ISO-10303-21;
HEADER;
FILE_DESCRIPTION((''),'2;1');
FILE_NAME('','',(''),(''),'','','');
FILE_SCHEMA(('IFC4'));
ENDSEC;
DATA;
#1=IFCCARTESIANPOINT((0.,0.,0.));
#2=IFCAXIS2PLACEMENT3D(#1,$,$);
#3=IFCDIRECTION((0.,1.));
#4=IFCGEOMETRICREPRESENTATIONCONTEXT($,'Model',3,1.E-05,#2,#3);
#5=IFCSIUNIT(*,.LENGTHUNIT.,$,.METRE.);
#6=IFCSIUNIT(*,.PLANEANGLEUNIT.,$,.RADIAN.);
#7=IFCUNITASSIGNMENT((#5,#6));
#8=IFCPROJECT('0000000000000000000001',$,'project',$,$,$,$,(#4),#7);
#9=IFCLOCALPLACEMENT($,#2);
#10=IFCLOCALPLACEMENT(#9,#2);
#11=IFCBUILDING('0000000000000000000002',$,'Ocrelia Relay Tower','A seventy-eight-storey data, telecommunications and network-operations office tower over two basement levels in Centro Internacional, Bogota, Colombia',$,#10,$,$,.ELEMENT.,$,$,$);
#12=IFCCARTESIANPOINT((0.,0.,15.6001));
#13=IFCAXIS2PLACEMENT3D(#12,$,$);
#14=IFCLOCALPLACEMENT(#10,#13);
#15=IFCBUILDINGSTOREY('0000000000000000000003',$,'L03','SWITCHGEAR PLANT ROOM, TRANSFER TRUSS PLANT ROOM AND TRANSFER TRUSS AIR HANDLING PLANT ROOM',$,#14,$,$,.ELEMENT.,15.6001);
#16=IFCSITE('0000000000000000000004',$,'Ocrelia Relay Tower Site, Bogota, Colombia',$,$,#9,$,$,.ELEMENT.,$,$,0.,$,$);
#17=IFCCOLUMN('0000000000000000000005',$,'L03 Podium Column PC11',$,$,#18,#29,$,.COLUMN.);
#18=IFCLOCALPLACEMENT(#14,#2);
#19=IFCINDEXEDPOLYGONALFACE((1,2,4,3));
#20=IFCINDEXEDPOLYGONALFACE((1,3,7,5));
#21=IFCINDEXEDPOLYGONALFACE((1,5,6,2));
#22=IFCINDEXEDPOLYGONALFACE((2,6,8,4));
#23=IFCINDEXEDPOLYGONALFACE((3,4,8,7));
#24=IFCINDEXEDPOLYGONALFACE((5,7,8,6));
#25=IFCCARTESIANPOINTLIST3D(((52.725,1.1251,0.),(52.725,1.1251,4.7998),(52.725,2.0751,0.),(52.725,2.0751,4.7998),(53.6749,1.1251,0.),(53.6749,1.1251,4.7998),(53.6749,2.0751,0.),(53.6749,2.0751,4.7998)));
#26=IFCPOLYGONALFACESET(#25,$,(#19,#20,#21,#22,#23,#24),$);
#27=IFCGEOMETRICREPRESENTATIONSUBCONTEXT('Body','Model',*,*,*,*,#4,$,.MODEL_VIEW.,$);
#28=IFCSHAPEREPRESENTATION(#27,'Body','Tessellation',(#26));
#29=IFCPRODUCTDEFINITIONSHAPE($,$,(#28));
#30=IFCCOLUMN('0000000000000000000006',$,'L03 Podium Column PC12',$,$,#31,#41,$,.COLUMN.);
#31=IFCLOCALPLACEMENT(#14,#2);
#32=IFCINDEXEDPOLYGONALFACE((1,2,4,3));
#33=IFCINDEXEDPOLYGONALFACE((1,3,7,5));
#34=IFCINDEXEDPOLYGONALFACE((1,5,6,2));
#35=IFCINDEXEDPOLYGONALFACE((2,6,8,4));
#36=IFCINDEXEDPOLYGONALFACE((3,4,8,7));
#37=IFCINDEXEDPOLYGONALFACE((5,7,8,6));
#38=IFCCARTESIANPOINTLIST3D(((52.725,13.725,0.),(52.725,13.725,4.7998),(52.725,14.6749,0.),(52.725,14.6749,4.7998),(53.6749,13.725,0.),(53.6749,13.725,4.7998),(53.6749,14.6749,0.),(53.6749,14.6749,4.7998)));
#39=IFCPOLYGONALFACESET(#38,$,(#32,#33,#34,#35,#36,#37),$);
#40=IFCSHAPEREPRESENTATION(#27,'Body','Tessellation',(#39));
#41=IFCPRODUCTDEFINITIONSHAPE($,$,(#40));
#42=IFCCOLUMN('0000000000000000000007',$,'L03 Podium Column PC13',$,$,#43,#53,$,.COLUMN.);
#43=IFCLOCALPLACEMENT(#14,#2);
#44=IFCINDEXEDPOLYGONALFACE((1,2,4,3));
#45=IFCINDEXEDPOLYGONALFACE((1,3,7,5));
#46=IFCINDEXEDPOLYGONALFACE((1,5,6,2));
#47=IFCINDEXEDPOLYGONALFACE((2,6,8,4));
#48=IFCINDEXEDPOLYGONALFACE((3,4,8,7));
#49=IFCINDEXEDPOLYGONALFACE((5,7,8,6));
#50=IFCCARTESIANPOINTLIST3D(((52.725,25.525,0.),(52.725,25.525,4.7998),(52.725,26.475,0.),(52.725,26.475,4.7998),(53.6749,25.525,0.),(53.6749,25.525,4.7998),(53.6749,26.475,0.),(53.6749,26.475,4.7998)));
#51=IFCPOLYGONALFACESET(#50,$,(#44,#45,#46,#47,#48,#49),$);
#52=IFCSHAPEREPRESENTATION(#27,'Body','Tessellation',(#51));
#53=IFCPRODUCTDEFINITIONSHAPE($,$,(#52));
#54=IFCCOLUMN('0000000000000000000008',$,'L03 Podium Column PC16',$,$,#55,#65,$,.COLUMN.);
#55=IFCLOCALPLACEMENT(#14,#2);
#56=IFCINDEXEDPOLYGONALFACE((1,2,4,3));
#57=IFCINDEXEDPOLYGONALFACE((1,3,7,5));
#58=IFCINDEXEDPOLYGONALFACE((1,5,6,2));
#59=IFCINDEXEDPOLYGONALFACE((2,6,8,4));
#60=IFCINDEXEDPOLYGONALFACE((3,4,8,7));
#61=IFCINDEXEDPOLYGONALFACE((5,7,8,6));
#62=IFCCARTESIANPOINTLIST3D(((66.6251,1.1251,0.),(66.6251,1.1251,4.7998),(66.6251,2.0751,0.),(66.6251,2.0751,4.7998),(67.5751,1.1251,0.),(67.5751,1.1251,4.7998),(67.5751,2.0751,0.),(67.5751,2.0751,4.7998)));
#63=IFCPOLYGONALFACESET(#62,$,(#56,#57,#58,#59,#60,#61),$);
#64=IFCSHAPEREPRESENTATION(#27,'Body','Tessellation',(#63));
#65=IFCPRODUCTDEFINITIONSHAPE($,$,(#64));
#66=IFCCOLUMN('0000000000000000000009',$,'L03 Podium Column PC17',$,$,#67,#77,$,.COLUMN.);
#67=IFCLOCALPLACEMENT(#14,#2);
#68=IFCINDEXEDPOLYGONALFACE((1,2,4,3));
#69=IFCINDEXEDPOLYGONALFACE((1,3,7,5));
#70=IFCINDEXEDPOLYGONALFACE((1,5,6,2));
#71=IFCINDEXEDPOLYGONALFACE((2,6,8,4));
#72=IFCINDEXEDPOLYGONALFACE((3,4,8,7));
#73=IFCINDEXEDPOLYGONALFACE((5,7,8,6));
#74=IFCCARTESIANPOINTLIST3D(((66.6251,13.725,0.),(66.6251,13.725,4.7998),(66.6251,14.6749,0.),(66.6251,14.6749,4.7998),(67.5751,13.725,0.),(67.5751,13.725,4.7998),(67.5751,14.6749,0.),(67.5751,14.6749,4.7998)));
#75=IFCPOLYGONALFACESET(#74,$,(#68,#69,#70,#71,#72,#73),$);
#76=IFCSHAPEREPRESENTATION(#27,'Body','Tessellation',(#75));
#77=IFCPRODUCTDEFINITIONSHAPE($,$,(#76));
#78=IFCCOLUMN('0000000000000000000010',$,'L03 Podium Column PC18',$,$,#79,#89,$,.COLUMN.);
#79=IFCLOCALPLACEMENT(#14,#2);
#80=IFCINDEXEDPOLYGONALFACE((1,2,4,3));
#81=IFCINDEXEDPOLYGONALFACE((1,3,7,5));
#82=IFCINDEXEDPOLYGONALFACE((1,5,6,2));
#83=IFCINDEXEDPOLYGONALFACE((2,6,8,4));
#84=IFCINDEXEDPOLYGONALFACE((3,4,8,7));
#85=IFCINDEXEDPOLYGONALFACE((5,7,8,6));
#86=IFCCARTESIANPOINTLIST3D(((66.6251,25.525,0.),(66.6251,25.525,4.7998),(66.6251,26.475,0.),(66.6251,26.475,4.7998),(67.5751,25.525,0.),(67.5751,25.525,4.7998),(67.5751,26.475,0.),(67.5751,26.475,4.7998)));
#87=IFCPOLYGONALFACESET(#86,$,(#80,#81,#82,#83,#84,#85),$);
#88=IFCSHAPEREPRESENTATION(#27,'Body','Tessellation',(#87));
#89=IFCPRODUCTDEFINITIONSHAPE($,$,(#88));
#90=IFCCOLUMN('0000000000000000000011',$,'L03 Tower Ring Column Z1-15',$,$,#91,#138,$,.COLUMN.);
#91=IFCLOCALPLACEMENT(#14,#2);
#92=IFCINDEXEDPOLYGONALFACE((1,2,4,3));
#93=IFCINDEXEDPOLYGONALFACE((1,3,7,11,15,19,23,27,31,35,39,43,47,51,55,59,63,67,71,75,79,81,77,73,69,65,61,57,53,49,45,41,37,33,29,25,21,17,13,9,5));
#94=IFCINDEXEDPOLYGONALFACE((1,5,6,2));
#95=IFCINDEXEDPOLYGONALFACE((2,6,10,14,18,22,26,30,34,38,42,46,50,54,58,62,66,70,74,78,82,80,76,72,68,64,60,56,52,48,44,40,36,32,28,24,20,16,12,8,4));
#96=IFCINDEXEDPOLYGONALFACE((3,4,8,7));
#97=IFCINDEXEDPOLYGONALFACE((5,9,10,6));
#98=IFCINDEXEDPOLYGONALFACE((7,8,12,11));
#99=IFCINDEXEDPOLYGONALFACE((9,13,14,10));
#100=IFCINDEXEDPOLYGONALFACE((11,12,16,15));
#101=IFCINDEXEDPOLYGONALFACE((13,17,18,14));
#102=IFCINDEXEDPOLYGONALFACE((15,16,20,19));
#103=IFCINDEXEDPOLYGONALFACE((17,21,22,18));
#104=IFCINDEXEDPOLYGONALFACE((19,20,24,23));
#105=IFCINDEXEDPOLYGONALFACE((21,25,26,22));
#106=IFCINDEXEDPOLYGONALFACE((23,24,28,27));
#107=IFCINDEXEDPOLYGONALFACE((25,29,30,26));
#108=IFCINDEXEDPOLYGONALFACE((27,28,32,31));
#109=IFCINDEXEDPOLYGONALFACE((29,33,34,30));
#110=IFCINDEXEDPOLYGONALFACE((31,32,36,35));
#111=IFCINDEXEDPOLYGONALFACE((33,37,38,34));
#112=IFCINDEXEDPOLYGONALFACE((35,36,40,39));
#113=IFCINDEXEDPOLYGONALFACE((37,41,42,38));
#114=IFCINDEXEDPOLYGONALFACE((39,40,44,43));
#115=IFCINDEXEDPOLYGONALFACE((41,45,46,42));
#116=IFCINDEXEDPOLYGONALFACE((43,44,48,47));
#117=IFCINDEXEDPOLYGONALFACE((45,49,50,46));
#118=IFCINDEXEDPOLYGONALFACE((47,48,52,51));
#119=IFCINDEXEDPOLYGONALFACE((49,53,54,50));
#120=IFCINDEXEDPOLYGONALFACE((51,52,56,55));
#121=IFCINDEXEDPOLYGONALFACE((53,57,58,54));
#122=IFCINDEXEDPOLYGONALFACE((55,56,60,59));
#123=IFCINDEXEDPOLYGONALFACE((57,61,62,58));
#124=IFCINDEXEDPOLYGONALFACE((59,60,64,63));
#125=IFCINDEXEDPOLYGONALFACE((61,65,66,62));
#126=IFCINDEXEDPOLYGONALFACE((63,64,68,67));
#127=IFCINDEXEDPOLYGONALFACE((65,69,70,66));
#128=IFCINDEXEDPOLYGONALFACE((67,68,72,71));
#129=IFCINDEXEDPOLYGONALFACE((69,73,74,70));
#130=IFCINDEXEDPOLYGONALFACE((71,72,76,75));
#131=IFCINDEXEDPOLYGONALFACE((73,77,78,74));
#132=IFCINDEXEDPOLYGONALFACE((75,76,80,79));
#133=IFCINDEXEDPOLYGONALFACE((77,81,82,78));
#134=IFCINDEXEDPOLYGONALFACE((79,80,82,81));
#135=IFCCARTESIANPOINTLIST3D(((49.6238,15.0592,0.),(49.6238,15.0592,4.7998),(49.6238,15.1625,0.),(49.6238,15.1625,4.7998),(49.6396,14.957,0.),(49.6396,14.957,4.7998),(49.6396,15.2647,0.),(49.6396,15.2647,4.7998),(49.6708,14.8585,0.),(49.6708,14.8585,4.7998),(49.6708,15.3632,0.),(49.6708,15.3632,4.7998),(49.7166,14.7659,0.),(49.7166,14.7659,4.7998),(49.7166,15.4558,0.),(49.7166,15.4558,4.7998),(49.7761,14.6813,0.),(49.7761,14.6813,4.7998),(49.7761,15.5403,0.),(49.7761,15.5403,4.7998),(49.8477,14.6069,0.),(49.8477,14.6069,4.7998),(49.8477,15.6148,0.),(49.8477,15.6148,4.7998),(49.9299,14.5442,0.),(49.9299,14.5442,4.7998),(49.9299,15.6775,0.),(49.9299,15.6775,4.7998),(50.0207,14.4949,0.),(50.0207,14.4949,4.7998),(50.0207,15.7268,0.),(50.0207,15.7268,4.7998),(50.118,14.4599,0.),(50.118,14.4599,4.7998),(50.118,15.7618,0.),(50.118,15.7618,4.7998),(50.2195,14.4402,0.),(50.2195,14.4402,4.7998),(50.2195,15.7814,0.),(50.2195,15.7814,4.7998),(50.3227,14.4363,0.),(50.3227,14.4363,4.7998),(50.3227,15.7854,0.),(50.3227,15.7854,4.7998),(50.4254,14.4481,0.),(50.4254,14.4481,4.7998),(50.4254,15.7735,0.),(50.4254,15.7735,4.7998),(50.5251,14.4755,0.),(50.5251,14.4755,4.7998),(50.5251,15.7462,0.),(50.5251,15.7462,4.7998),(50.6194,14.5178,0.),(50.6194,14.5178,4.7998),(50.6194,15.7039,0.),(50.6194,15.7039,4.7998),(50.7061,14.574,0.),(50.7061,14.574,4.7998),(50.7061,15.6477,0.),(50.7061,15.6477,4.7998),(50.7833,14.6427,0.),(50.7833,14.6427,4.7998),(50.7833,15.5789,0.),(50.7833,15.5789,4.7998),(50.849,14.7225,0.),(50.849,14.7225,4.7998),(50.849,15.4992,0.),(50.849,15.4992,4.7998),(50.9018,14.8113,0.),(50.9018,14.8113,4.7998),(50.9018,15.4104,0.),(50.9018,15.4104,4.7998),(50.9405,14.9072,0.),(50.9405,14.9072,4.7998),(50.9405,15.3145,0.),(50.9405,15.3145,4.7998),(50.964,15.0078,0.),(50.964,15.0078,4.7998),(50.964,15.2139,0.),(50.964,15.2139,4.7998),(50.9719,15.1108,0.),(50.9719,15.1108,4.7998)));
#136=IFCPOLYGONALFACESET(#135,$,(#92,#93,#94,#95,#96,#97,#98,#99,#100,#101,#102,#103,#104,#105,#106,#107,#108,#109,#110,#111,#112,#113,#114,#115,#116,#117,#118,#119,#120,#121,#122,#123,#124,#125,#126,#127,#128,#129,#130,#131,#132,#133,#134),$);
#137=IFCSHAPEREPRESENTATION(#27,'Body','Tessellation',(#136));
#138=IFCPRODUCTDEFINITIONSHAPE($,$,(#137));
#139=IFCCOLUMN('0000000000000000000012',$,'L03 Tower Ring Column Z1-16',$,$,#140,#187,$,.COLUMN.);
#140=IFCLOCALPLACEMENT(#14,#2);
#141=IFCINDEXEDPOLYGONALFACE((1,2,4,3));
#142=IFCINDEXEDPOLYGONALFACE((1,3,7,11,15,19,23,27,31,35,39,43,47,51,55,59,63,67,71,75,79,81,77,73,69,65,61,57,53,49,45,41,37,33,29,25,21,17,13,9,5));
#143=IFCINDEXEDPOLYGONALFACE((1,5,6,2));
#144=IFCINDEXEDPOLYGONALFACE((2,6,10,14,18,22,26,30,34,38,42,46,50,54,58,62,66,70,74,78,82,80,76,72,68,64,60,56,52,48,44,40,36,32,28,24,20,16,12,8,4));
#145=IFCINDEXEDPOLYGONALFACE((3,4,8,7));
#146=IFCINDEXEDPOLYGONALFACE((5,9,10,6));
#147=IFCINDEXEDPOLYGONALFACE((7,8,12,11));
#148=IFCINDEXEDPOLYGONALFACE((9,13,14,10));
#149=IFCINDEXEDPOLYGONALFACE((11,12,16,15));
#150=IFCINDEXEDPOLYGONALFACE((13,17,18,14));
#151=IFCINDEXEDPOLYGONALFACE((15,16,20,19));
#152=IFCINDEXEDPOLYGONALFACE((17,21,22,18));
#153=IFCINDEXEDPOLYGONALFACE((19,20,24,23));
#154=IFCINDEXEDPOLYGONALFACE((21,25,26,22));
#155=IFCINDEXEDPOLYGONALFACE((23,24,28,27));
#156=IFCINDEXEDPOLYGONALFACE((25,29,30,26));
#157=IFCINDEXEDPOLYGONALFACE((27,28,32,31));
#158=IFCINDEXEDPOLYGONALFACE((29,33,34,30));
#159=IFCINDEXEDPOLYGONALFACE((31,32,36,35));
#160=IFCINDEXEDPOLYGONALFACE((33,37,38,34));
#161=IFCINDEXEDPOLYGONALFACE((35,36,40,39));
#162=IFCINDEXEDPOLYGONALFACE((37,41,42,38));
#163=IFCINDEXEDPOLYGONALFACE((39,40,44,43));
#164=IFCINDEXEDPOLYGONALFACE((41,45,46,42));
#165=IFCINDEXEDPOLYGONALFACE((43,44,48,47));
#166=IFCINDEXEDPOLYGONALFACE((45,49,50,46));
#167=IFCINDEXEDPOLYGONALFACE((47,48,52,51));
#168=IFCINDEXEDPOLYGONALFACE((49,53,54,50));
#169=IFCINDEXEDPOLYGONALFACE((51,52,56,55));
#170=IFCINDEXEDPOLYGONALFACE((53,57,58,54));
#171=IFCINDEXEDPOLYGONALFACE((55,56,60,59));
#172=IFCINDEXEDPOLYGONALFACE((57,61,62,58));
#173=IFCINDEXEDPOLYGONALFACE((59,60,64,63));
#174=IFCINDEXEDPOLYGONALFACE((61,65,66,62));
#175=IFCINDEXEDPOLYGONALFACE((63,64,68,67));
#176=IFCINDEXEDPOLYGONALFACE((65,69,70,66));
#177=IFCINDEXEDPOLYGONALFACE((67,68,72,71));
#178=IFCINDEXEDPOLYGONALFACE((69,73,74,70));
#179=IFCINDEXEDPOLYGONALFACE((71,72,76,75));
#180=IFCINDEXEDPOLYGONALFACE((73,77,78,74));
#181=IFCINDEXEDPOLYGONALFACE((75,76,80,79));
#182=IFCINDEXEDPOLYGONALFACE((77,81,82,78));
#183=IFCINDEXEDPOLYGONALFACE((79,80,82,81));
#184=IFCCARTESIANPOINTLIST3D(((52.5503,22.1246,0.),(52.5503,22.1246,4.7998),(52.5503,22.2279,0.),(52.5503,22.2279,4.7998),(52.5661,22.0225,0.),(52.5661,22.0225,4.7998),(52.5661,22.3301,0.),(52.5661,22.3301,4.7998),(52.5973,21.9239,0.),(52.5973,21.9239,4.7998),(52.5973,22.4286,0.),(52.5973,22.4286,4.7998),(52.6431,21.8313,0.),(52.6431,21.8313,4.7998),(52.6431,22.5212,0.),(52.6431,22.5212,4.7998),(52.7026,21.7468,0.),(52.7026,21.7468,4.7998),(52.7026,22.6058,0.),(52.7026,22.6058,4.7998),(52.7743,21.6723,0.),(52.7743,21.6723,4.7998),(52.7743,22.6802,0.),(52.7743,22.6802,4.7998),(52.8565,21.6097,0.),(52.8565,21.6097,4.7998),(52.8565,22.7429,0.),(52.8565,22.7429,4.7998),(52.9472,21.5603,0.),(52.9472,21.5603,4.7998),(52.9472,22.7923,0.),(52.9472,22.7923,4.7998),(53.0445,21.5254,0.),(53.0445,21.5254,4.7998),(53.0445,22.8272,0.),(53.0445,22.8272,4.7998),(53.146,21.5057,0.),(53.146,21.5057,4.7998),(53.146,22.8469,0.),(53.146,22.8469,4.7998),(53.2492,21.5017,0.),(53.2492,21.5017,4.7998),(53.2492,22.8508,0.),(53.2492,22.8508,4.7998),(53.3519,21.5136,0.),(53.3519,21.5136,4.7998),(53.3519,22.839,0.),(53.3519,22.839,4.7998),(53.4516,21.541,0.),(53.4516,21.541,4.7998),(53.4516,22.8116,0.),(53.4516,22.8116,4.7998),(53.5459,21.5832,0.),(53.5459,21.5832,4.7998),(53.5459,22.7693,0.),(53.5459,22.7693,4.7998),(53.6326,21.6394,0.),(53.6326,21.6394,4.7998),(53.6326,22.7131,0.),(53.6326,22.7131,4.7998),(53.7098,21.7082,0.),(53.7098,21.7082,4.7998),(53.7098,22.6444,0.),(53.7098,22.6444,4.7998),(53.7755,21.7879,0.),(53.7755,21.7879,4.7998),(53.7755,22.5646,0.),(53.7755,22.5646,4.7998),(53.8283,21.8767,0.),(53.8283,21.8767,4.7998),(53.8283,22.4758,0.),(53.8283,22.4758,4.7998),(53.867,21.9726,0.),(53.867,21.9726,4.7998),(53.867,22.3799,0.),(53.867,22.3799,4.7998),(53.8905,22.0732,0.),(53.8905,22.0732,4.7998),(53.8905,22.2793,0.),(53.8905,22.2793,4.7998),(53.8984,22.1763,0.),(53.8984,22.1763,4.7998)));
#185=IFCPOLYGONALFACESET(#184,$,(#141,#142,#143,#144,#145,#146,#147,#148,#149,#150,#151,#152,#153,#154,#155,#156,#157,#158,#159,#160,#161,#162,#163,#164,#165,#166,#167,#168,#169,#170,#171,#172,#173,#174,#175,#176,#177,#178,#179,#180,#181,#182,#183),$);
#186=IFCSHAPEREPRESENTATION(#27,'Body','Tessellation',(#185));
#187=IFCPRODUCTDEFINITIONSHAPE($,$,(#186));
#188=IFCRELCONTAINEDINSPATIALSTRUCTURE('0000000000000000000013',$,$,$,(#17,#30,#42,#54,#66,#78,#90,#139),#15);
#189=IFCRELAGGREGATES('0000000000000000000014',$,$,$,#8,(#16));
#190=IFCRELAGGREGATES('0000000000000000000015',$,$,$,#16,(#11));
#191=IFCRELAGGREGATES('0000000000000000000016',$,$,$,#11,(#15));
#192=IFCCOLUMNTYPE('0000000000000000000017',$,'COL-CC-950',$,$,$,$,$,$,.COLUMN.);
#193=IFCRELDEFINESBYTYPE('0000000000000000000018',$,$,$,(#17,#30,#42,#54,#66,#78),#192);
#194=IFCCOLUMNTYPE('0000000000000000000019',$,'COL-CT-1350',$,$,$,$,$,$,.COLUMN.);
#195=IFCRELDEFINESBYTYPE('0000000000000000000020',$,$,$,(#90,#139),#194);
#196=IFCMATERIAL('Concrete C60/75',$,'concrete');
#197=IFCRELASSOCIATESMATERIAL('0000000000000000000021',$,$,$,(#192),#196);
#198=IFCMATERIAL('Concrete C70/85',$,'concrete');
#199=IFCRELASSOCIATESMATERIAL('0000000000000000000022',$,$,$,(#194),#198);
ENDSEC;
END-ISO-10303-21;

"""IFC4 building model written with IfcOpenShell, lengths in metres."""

from ifc_helpers import new_model, si_unit, direction, frame, origin, origin_2d, place, context, subcontext, project, spatial, rectangle, circle, extrude, material, material_profile, profile_set, type_object, element, save


model = new_model("IFC4")

# Units and contexts
model_context = context("Model", 3, precision=1e-05, world=origin(), true_north=direction((0.0, 1.0)))
body_context = subcontext(model_context, "Body", "Model", "MODEL_VIEW")
ifc_project = project(units=[si_unit("LENGTHUNIT", "METRE"), si_unit("PLANEANGLEUNIT", "RADIAN")], contexts=[model_context])

# Site, building, storey
site_placement = place(None, origin())
site = spatial("IfcSite", under=ifc_project, at=site_placement, Name="Ocrelia Relay Tower Site, Bogota, Colombia", CompositionType="ELEMENT", RefElevation=0.0)
building_placement = place(site_placement, origin())
building = spatial("IfcBuilding", under=site, at=building_placement, Name="Ocrelia Relay Tower", Description="A seventy-eight-storey data, telecommunications and network-operations office tower over two basement levels in Centro Internacional, Bogota, Colombia", CompositionType="ELEMENT")
storey_placement = place(building_placement, frame((0.0, 0.0, 15.6001)))
storey = spatial("IfcBuildingStorey", under=building, at=storey_placement, Name="L03", Description="SWITCHGEAR PLANT ROOM, TRANSFER TRUSS PLANT ROOM AND TRANSFER TRUSS AIR HANDLING PLANT ROOM", CompositionType="ELEMENT", Elevation=15.6001)

# Columns
ifc_material_1 = material(Name="Concrete C60/75", Category="concrete")
ifc_material_profile_1 = material_profile(ifc_material_1, rectangle(XDim=0.95, YDim=0.95, at=origin_2d()), Name="RC-COL-950x950")
ifc_profile_set_1 = profile_set([ifc_material_profile_1], Name="Concrete C60/75")
column_type_1 = type_object("IfcColumnType", Name="COL-CC-950", PredefinedType="COLUMN", material=ifc_profile_set_1)
for number, where, z_axis, x_axis, name in (
    (1, (53.2, 1.6001, 0.0), (0.0, 0.0, 1.0), (1.0, 0.0, 0.0), "L03 Podium Column PC11"),
    (2, (53.2, 14.2, 0.0), (0.0, 0.0, 1.0), (1.0, 0.0, 0.0), "L03 Podium Column PC12"),
    (3, (53.2, 26.0, 0.0), (0.0, 0.0, 1.0), (1.0, 0.0, 0.0), "L03 Podium Column PC13"),
    (4, (67.1001, 1.6001, 0.0), (0.0, 0.0, 1.0), (1.0, 0.0, 0.0), "L03 Podium Column PC16"),
    (5, (67.1001, 14.2, 0.0), (0.0, 0.0, 1.0), (1.0, 0.0, 0.0), "L03 Podium Column PC17"),
    (6, (67.1001, 26.0, 0.0), (0.0, 0.0, 1.0), (1.0, 0.0, 0.0), "L03 Podium Column PC18"),
):
    element("IfcColumn", number, at=place(storey_placement, frame(where, z_axis=z_axis, x_axis=x_axis)), inside=storey, type_object=column_type_1, Name=name, PredefinedType="COLUMN", context=body_context, shape_type="SweptSolid", body=[
        extrude(rectangle(XDim=0.95, YDim=0.95, at=origin_2d()), origin(), (0.0, 0.0, 1.0), 4.7998),
    ])
ifc_material_2 = material(Name="Concrete C70/85", Category="concrete")
ifc_material_profile_2 = material_profile(ifc_material_2, circle(Radius=0.675, at=origin_2d()), Name="RC-CIR-1350")
ifc_profile_set_2 = profile_set([ifc_material_profile_2], Name="Concrete C70/85")
column_type_2 = type_object("IfcColumnType", Name="COL-CT-1350", PredefinedType="COLUMN", material=ifc_profile_set_2)
for number, where, z_axis, x_axis, name in (
    (7, (50.2969, 15.1108, 0.0), (0.0, 0.0, 1.0), (1.0, 0.0, 0.0), "L03 Tower Ring Column Z1-15"),
    (8, (53.2234, 22.1763, 0.0), (0.0, 0.0, 1.0), (1.0, 0.0, 0.0), "L03 Tower Ring Column Z1-16"),
):
    element("IfcColumn", number, at=place(storey_placement, frame(where, z_axis=z_axis, x_axis=x_axis)), inside=storey, type_object=column_type_2, Name=name, PredefinedType="COLUMN", context=body_context, shape_type="SweptSolid", body=[
        extrude(circle(Radius=0.675, at=origin_2d()), origin(), (0.0, 0.0, 1.0), 4.7998),
    ])

save(model, "model.ifc")
